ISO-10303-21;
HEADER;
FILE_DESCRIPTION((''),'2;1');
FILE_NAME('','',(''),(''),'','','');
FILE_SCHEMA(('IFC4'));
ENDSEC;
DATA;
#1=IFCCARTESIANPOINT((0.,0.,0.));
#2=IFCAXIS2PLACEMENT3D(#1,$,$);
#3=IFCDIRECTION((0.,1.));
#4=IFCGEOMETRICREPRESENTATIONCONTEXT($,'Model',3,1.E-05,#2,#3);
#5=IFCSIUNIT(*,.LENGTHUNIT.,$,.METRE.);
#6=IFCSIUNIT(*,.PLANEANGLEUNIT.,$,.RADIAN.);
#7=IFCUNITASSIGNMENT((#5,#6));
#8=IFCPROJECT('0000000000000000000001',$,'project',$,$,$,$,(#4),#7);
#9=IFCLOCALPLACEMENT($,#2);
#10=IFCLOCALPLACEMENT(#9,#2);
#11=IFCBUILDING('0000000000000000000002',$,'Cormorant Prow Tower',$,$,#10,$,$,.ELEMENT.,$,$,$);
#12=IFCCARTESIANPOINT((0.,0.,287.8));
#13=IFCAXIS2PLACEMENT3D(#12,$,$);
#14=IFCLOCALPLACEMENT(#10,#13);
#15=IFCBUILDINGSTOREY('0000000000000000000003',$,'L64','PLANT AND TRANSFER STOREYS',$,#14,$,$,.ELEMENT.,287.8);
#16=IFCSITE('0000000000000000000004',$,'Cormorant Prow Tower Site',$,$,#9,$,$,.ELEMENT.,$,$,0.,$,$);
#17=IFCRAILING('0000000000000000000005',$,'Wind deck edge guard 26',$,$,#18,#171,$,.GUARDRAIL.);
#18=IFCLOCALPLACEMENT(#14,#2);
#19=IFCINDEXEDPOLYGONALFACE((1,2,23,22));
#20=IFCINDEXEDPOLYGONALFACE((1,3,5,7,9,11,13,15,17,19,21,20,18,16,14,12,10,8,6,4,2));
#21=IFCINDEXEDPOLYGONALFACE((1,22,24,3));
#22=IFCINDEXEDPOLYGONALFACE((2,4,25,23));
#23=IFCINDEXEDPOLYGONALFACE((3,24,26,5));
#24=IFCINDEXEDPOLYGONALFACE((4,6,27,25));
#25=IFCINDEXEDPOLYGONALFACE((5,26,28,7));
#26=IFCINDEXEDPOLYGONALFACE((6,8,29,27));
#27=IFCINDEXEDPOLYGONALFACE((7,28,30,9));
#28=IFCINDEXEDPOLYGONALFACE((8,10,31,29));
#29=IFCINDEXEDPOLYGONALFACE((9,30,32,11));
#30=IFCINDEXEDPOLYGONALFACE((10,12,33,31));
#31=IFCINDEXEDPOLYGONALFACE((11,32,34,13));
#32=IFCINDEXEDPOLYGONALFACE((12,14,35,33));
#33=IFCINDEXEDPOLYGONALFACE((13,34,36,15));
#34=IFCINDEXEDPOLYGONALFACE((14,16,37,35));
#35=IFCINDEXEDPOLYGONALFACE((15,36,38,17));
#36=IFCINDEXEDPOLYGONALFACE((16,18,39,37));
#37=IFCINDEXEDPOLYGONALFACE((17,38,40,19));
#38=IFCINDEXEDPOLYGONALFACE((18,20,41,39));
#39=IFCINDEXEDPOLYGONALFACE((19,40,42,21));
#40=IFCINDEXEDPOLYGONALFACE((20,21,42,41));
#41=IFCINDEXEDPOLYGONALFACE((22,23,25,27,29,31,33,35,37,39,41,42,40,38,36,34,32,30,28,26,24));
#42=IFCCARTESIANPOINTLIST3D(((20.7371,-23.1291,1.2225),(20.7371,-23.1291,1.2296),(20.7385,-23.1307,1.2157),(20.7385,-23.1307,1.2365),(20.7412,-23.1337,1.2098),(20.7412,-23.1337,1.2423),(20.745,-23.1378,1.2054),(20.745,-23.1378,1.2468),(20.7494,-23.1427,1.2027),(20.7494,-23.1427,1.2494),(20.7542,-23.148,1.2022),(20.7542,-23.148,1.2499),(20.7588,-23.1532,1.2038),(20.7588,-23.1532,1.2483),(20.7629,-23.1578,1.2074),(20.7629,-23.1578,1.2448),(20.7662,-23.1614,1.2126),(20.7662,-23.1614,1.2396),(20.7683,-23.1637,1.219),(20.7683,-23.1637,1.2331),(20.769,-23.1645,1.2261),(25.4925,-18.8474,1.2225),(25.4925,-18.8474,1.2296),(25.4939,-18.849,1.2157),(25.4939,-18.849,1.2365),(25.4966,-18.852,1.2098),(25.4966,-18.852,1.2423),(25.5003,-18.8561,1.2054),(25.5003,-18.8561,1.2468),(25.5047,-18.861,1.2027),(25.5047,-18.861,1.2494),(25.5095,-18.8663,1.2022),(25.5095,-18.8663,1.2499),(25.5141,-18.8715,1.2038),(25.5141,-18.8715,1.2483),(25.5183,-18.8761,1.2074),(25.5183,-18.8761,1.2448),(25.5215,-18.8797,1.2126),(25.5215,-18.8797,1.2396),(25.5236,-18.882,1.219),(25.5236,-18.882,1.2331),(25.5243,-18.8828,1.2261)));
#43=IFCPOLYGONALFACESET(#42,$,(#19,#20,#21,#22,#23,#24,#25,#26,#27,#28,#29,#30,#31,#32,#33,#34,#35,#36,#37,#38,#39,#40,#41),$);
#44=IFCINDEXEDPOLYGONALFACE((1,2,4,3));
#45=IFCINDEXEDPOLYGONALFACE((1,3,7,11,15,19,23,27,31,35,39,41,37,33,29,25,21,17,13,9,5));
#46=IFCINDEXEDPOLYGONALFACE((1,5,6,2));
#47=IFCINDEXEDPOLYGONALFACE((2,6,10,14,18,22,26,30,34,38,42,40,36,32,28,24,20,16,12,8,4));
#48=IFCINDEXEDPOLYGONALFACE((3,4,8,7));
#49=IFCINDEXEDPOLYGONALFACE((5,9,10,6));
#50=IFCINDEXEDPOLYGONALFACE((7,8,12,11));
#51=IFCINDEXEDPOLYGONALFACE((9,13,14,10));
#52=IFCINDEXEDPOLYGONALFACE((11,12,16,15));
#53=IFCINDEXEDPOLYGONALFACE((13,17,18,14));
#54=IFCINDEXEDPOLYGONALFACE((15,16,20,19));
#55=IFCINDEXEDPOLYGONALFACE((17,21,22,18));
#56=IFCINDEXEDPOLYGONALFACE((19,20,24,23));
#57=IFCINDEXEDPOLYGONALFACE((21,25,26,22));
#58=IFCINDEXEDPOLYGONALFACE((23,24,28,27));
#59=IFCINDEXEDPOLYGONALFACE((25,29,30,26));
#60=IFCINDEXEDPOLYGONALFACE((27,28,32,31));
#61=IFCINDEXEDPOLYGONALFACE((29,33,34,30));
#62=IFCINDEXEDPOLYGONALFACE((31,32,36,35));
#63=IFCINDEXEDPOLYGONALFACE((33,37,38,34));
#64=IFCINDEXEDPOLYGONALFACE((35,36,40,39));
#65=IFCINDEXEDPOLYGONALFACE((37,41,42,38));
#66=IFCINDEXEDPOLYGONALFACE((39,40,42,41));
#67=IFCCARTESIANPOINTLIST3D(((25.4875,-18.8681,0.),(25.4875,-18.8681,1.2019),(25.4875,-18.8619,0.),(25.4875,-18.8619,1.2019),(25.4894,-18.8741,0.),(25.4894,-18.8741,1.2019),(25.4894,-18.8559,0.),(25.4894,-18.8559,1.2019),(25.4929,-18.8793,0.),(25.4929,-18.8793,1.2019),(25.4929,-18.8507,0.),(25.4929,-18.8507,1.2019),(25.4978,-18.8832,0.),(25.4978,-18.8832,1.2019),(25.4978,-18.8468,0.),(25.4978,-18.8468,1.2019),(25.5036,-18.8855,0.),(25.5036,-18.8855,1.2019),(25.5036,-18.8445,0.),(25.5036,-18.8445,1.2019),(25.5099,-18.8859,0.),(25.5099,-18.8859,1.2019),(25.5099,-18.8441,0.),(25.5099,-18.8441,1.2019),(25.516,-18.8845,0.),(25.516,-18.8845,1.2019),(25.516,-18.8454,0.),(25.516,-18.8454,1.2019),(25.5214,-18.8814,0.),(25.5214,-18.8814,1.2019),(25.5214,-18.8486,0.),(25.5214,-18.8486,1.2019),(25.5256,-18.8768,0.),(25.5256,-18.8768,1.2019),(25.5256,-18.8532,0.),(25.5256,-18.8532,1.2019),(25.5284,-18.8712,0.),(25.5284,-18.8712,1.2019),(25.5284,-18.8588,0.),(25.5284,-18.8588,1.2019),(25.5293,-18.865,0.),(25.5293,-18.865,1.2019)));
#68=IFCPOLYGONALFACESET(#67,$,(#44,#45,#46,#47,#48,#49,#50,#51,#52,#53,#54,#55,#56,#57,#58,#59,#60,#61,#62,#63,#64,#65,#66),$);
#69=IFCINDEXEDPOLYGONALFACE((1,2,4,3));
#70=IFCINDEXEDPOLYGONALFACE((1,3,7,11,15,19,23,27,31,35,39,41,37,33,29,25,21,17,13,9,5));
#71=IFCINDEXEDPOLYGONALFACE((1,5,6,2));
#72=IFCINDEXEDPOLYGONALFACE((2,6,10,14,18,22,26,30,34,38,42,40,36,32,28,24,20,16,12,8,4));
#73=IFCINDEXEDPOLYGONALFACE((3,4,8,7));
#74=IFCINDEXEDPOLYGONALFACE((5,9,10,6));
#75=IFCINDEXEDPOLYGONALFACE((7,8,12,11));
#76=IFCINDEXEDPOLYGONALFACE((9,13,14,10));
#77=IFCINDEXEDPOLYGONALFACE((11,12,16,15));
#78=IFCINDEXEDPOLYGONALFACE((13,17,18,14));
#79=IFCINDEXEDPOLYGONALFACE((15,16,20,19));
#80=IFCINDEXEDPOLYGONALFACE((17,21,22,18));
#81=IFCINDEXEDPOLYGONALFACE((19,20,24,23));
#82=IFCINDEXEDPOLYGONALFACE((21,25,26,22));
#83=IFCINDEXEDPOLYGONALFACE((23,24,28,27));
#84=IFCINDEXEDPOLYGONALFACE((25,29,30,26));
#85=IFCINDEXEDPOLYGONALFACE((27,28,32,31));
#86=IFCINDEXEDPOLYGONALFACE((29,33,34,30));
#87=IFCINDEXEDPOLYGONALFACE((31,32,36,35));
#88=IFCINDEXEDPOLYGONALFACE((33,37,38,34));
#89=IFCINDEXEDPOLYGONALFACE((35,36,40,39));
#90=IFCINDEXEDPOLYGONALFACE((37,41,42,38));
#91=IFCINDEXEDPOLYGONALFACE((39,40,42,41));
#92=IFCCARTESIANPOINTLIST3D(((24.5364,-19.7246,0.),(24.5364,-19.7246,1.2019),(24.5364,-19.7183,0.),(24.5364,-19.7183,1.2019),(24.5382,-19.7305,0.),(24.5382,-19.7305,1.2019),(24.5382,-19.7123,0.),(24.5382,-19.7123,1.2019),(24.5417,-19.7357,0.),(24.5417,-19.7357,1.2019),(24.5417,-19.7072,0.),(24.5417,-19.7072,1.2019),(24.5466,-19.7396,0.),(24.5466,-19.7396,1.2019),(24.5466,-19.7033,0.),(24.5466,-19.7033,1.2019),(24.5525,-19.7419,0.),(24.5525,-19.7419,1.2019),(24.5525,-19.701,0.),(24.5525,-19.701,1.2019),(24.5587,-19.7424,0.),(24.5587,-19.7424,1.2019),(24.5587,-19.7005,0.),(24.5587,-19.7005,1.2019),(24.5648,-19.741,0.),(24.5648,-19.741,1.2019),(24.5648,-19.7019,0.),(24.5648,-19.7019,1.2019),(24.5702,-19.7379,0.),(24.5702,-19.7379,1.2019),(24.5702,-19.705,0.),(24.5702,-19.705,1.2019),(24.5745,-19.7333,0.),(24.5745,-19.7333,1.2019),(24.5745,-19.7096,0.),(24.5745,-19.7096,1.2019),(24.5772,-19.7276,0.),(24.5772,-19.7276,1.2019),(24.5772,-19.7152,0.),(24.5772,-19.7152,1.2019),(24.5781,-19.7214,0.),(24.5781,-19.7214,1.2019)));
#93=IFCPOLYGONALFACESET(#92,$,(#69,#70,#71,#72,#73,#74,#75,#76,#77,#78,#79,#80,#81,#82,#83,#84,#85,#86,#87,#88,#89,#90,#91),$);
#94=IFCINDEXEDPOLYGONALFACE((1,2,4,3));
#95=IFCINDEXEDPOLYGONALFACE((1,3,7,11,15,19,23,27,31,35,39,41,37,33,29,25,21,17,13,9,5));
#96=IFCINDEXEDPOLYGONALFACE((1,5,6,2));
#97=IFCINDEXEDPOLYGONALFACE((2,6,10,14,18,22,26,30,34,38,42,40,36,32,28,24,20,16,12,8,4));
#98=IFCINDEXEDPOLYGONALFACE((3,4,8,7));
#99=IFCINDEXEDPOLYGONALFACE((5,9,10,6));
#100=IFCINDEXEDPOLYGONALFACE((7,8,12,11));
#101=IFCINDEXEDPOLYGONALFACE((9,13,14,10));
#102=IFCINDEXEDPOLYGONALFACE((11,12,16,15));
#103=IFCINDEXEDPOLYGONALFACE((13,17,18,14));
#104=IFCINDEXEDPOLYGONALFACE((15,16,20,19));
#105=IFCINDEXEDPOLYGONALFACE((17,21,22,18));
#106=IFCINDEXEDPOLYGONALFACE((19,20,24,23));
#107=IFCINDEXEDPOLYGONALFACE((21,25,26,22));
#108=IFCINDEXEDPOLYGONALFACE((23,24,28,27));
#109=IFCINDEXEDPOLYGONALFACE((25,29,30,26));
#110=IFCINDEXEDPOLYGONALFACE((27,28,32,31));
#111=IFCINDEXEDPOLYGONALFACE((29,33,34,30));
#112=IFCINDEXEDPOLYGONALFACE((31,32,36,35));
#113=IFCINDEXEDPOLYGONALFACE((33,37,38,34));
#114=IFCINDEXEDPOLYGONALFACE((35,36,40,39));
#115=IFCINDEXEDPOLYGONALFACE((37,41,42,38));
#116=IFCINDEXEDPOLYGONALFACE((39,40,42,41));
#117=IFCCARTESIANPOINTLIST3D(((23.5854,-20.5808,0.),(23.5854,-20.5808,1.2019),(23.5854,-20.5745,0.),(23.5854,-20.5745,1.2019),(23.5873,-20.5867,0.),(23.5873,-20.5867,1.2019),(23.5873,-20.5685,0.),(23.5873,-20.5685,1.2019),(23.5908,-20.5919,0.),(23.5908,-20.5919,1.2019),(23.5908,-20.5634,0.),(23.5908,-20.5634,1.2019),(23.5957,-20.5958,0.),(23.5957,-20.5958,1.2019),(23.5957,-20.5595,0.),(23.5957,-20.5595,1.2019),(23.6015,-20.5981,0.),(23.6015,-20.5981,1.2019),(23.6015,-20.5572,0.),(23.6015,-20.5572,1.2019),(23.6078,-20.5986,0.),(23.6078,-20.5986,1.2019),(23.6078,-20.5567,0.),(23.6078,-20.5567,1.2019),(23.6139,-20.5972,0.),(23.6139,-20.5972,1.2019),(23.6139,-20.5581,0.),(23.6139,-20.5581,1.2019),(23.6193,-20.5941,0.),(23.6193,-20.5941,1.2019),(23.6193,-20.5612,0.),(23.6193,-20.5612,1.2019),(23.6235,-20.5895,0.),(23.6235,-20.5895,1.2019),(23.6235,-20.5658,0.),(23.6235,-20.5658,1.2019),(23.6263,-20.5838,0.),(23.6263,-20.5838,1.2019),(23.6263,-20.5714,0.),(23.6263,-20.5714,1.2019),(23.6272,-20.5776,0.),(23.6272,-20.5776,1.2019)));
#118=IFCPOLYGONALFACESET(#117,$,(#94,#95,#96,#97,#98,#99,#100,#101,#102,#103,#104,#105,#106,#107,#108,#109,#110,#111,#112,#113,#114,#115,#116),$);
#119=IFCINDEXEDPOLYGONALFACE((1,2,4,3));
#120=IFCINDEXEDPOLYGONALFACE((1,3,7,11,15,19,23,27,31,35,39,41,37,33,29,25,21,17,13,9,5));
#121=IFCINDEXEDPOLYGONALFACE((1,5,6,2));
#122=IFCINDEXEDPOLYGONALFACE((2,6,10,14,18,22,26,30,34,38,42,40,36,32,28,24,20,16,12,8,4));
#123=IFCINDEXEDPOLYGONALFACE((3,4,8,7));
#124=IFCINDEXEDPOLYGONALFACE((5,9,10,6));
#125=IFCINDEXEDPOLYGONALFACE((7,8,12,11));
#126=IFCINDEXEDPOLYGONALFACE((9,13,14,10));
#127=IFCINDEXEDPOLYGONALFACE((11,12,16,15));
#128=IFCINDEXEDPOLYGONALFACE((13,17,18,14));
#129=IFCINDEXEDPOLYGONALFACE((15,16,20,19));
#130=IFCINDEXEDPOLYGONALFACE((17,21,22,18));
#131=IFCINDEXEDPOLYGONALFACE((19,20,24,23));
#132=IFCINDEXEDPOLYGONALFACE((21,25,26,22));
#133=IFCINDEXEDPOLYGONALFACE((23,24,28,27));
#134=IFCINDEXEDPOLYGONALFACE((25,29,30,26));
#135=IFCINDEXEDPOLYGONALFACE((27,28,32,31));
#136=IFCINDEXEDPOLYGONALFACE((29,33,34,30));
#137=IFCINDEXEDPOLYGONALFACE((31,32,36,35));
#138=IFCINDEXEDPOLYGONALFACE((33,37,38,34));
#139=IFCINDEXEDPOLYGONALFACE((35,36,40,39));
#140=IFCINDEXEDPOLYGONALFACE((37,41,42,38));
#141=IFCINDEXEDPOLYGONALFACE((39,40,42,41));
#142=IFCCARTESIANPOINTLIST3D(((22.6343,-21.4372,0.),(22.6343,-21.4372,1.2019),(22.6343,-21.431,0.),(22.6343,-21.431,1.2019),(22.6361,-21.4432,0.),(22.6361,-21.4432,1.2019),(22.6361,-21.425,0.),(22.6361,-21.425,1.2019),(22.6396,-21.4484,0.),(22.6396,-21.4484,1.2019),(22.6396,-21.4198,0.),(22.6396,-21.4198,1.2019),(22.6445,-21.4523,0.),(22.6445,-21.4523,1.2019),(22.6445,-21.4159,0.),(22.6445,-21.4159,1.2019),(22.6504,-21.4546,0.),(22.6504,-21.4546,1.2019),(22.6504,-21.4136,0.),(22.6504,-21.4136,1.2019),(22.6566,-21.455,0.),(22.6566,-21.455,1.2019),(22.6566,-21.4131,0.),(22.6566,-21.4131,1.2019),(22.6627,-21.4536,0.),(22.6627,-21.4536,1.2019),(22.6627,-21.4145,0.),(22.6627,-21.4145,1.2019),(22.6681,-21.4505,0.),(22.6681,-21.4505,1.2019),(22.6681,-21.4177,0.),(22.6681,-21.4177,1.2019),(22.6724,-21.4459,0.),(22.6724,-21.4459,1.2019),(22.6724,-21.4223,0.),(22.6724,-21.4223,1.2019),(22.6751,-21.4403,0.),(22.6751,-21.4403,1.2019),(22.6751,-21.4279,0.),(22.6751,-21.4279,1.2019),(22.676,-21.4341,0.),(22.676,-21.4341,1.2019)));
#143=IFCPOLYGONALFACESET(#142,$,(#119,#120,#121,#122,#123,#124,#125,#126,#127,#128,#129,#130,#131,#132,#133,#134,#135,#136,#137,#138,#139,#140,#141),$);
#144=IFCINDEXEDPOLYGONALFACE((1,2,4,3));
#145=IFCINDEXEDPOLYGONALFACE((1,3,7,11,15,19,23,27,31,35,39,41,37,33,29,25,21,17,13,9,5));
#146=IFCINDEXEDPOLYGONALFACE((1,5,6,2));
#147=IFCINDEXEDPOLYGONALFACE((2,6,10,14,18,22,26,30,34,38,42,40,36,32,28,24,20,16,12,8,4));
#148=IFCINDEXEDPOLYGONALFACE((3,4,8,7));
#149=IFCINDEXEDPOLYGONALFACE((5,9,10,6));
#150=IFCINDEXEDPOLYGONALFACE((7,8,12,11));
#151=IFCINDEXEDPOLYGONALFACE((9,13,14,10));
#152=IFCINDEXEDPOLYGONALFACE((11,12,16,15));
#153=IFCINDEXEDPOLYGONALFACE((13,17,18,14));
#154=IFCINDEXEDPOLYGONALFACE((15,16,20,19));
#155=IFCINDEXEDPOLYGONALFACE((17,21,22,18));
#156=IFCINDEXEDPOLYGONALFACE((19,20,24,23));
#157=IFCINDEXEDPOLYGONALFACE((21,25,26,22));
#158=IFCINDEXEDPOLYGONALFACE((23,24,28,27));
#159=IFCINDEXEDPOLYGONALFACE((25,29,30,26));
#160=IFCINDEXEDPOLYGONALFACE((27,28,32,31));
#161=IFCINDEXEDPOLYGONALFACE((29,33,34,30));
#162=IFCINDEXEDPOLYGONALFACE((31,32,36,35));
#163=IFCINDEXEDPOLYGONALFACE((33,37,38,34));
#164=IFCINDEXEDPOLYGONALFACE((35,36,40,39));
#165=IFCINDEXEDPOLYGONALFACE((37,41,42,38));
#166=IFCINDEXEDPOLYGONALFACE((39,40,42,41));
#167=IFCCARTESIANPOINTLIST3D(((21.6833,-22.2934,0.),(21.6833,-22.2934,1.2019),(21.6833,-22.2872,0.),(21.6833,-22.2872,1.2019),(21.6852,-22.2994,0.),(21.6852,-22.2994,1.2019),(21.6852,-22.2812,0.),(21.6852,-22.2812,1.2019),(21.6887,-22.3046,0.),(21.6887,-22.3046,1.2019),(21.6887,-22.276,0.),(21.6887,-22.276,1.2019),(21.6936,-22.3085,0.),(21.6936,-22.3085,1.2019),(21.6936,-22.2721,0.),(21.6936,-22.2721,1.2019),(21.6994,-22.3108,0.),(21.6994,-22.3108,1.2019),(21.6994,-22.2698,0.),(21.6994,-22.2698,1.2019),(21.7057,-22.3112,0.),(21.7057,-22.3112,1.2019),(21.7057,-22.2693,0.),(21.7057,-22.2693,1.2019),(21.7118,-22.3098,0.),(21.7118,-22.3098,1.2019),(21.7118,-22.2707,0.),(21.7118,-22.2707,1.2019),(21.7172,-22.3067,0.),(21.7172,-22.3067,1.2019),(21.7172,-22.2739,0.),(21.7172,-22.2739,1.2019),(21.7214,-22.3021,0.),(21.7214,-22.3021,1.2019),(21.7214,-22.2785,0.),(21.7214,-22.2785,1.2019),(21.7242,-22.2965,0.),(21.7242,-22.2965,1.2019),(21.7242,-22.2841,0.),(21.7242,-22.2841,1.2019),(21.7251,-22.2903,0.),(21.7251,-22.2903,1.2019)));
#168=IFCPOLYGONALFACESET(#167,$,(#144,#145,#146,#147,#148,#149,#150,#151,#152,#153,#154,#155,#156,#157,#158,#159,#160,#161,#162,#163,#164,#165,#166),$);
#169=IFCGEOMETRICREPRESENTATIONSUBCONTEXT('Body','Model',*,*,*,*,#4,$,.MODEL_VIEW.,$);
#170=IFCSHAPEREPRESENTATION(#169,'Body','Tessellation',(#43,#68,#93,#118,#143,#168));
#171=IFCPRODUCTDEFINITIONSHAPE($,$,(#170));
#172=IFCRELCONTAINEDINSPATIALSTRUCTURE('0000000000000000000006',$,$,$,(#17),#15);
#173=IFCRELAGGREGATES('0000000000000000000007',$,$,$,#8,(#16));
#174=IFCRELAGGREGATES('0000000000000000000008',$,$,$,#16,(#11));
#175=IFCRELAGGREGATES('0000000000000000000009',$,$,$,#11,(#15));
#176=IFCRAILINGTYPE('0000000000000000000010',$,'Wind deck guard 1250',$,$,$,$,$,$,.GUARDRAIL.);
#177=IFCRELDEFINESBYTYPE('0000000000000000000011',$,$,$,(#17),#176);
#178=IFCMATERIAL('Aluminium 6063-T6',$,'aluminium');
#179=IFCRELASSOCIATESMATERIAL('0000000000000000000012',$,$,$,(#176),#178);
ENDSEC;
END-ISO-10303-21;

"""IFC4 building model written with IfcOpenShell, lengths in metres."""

from ifc_helpers import new_model, si_unit, direction, frame, origin, origin_2d, place, context, subcontext, project, spatial, circle, extrude, material, type_object, element, save


model = new_model("IFC4")

# Units and contexts
model_context = context("Model", 3, precision=1e-05, world=origin(), true_north=direction((0.0, 1.0)))
body_context = subcontext(model_context, "Body", "Model", "MODEL_VIEW")
ifc_project = project(units=[si_unit("LENGTHUNIT", "METRE"), si_unit("PLANEANGLEUNIT", "RADIAN")], contexts=[model_context])

# Site, building, storey
site_placement = place(None, origin())
site = spatial("IfcSite", under=ifc_project, at=site_placement, Name="Cormorant Prow Tower Site", CompositionType="ELEMENT", RefElevation=0.0)
building_placement = place(site_placement, origin())
building = spatial("IfcBuilding", under=site, at=building_placement, Name="Cormorant Prow Tower", CompositionType="ELEMENT")
storey_placement = place(building_placement, frame((0.0, 0.0, 287.8)))
storey = spatial("IfcBuildingStorey", under=building, at=storey_placement, Name="L64", Description="PLANT AND TRANSFER STOREYS", CompositionType="ELEMENT", Elevation=287.8)

# Railing
ifc_material_1 = material(Name="Aluminium 6063-T6", Category="aluminium")
railing_type = type_object("IfcRailingType", Name="Wind deck guard 1250", PredefinedType="GUARDRAIL", material=ifc_material_1)
railing_1_placement = place(storey_placement, frame((25.5083, -18.865, 0.0)))
element("IfcRailing", 1, at=railing_1_placement, inside=storey, type_object=railing_type, Name="Wind deck edge guard 26", PredefinedType="GUARDRAIL", context=body_context, shape_type="SweptSolid", body=[
    extrude(circle(Radius=0.0239, at=origin_2d()), frame((0.0, 0.0, 1.2261), z_axis=(-0.743146, -0.669129, 0.0), x_axis=(0.669129, -0.743146, 0.0)), (0.0, 0.0, 1.0), 6.3989),
    extrude(circle(Radius=0.021, at=origin_2d()), origin(), (0.0, 0.0, 1.0), 1.2019),
    extrude(circle(Radius=0.021, at=origin_2d()), frame((-0.9512, -0.8564, 0.0)), (0.0, 0.0, 1.0), 1.2019),
    extrude(circle(Radius=0.021, at=origin_2d()), frame((-1.9021, -1.7126, 0.0)), (0.0, 0.0, 1.0), 1.2019),
    extrude(circle(Radius=0.021, at=origin_2d()), frame((-2.8533, -2.5691, 0.0)), (0.0, 0.0, 1.0), 1.2019),
    extrude(circle(Radius=0.021, at=origin_2d()), frame((-3.8042, -3.4253, 0.0)), (0.0, 0.0, 1.0), 1.2019),
])

save(model, "model.ifc")
